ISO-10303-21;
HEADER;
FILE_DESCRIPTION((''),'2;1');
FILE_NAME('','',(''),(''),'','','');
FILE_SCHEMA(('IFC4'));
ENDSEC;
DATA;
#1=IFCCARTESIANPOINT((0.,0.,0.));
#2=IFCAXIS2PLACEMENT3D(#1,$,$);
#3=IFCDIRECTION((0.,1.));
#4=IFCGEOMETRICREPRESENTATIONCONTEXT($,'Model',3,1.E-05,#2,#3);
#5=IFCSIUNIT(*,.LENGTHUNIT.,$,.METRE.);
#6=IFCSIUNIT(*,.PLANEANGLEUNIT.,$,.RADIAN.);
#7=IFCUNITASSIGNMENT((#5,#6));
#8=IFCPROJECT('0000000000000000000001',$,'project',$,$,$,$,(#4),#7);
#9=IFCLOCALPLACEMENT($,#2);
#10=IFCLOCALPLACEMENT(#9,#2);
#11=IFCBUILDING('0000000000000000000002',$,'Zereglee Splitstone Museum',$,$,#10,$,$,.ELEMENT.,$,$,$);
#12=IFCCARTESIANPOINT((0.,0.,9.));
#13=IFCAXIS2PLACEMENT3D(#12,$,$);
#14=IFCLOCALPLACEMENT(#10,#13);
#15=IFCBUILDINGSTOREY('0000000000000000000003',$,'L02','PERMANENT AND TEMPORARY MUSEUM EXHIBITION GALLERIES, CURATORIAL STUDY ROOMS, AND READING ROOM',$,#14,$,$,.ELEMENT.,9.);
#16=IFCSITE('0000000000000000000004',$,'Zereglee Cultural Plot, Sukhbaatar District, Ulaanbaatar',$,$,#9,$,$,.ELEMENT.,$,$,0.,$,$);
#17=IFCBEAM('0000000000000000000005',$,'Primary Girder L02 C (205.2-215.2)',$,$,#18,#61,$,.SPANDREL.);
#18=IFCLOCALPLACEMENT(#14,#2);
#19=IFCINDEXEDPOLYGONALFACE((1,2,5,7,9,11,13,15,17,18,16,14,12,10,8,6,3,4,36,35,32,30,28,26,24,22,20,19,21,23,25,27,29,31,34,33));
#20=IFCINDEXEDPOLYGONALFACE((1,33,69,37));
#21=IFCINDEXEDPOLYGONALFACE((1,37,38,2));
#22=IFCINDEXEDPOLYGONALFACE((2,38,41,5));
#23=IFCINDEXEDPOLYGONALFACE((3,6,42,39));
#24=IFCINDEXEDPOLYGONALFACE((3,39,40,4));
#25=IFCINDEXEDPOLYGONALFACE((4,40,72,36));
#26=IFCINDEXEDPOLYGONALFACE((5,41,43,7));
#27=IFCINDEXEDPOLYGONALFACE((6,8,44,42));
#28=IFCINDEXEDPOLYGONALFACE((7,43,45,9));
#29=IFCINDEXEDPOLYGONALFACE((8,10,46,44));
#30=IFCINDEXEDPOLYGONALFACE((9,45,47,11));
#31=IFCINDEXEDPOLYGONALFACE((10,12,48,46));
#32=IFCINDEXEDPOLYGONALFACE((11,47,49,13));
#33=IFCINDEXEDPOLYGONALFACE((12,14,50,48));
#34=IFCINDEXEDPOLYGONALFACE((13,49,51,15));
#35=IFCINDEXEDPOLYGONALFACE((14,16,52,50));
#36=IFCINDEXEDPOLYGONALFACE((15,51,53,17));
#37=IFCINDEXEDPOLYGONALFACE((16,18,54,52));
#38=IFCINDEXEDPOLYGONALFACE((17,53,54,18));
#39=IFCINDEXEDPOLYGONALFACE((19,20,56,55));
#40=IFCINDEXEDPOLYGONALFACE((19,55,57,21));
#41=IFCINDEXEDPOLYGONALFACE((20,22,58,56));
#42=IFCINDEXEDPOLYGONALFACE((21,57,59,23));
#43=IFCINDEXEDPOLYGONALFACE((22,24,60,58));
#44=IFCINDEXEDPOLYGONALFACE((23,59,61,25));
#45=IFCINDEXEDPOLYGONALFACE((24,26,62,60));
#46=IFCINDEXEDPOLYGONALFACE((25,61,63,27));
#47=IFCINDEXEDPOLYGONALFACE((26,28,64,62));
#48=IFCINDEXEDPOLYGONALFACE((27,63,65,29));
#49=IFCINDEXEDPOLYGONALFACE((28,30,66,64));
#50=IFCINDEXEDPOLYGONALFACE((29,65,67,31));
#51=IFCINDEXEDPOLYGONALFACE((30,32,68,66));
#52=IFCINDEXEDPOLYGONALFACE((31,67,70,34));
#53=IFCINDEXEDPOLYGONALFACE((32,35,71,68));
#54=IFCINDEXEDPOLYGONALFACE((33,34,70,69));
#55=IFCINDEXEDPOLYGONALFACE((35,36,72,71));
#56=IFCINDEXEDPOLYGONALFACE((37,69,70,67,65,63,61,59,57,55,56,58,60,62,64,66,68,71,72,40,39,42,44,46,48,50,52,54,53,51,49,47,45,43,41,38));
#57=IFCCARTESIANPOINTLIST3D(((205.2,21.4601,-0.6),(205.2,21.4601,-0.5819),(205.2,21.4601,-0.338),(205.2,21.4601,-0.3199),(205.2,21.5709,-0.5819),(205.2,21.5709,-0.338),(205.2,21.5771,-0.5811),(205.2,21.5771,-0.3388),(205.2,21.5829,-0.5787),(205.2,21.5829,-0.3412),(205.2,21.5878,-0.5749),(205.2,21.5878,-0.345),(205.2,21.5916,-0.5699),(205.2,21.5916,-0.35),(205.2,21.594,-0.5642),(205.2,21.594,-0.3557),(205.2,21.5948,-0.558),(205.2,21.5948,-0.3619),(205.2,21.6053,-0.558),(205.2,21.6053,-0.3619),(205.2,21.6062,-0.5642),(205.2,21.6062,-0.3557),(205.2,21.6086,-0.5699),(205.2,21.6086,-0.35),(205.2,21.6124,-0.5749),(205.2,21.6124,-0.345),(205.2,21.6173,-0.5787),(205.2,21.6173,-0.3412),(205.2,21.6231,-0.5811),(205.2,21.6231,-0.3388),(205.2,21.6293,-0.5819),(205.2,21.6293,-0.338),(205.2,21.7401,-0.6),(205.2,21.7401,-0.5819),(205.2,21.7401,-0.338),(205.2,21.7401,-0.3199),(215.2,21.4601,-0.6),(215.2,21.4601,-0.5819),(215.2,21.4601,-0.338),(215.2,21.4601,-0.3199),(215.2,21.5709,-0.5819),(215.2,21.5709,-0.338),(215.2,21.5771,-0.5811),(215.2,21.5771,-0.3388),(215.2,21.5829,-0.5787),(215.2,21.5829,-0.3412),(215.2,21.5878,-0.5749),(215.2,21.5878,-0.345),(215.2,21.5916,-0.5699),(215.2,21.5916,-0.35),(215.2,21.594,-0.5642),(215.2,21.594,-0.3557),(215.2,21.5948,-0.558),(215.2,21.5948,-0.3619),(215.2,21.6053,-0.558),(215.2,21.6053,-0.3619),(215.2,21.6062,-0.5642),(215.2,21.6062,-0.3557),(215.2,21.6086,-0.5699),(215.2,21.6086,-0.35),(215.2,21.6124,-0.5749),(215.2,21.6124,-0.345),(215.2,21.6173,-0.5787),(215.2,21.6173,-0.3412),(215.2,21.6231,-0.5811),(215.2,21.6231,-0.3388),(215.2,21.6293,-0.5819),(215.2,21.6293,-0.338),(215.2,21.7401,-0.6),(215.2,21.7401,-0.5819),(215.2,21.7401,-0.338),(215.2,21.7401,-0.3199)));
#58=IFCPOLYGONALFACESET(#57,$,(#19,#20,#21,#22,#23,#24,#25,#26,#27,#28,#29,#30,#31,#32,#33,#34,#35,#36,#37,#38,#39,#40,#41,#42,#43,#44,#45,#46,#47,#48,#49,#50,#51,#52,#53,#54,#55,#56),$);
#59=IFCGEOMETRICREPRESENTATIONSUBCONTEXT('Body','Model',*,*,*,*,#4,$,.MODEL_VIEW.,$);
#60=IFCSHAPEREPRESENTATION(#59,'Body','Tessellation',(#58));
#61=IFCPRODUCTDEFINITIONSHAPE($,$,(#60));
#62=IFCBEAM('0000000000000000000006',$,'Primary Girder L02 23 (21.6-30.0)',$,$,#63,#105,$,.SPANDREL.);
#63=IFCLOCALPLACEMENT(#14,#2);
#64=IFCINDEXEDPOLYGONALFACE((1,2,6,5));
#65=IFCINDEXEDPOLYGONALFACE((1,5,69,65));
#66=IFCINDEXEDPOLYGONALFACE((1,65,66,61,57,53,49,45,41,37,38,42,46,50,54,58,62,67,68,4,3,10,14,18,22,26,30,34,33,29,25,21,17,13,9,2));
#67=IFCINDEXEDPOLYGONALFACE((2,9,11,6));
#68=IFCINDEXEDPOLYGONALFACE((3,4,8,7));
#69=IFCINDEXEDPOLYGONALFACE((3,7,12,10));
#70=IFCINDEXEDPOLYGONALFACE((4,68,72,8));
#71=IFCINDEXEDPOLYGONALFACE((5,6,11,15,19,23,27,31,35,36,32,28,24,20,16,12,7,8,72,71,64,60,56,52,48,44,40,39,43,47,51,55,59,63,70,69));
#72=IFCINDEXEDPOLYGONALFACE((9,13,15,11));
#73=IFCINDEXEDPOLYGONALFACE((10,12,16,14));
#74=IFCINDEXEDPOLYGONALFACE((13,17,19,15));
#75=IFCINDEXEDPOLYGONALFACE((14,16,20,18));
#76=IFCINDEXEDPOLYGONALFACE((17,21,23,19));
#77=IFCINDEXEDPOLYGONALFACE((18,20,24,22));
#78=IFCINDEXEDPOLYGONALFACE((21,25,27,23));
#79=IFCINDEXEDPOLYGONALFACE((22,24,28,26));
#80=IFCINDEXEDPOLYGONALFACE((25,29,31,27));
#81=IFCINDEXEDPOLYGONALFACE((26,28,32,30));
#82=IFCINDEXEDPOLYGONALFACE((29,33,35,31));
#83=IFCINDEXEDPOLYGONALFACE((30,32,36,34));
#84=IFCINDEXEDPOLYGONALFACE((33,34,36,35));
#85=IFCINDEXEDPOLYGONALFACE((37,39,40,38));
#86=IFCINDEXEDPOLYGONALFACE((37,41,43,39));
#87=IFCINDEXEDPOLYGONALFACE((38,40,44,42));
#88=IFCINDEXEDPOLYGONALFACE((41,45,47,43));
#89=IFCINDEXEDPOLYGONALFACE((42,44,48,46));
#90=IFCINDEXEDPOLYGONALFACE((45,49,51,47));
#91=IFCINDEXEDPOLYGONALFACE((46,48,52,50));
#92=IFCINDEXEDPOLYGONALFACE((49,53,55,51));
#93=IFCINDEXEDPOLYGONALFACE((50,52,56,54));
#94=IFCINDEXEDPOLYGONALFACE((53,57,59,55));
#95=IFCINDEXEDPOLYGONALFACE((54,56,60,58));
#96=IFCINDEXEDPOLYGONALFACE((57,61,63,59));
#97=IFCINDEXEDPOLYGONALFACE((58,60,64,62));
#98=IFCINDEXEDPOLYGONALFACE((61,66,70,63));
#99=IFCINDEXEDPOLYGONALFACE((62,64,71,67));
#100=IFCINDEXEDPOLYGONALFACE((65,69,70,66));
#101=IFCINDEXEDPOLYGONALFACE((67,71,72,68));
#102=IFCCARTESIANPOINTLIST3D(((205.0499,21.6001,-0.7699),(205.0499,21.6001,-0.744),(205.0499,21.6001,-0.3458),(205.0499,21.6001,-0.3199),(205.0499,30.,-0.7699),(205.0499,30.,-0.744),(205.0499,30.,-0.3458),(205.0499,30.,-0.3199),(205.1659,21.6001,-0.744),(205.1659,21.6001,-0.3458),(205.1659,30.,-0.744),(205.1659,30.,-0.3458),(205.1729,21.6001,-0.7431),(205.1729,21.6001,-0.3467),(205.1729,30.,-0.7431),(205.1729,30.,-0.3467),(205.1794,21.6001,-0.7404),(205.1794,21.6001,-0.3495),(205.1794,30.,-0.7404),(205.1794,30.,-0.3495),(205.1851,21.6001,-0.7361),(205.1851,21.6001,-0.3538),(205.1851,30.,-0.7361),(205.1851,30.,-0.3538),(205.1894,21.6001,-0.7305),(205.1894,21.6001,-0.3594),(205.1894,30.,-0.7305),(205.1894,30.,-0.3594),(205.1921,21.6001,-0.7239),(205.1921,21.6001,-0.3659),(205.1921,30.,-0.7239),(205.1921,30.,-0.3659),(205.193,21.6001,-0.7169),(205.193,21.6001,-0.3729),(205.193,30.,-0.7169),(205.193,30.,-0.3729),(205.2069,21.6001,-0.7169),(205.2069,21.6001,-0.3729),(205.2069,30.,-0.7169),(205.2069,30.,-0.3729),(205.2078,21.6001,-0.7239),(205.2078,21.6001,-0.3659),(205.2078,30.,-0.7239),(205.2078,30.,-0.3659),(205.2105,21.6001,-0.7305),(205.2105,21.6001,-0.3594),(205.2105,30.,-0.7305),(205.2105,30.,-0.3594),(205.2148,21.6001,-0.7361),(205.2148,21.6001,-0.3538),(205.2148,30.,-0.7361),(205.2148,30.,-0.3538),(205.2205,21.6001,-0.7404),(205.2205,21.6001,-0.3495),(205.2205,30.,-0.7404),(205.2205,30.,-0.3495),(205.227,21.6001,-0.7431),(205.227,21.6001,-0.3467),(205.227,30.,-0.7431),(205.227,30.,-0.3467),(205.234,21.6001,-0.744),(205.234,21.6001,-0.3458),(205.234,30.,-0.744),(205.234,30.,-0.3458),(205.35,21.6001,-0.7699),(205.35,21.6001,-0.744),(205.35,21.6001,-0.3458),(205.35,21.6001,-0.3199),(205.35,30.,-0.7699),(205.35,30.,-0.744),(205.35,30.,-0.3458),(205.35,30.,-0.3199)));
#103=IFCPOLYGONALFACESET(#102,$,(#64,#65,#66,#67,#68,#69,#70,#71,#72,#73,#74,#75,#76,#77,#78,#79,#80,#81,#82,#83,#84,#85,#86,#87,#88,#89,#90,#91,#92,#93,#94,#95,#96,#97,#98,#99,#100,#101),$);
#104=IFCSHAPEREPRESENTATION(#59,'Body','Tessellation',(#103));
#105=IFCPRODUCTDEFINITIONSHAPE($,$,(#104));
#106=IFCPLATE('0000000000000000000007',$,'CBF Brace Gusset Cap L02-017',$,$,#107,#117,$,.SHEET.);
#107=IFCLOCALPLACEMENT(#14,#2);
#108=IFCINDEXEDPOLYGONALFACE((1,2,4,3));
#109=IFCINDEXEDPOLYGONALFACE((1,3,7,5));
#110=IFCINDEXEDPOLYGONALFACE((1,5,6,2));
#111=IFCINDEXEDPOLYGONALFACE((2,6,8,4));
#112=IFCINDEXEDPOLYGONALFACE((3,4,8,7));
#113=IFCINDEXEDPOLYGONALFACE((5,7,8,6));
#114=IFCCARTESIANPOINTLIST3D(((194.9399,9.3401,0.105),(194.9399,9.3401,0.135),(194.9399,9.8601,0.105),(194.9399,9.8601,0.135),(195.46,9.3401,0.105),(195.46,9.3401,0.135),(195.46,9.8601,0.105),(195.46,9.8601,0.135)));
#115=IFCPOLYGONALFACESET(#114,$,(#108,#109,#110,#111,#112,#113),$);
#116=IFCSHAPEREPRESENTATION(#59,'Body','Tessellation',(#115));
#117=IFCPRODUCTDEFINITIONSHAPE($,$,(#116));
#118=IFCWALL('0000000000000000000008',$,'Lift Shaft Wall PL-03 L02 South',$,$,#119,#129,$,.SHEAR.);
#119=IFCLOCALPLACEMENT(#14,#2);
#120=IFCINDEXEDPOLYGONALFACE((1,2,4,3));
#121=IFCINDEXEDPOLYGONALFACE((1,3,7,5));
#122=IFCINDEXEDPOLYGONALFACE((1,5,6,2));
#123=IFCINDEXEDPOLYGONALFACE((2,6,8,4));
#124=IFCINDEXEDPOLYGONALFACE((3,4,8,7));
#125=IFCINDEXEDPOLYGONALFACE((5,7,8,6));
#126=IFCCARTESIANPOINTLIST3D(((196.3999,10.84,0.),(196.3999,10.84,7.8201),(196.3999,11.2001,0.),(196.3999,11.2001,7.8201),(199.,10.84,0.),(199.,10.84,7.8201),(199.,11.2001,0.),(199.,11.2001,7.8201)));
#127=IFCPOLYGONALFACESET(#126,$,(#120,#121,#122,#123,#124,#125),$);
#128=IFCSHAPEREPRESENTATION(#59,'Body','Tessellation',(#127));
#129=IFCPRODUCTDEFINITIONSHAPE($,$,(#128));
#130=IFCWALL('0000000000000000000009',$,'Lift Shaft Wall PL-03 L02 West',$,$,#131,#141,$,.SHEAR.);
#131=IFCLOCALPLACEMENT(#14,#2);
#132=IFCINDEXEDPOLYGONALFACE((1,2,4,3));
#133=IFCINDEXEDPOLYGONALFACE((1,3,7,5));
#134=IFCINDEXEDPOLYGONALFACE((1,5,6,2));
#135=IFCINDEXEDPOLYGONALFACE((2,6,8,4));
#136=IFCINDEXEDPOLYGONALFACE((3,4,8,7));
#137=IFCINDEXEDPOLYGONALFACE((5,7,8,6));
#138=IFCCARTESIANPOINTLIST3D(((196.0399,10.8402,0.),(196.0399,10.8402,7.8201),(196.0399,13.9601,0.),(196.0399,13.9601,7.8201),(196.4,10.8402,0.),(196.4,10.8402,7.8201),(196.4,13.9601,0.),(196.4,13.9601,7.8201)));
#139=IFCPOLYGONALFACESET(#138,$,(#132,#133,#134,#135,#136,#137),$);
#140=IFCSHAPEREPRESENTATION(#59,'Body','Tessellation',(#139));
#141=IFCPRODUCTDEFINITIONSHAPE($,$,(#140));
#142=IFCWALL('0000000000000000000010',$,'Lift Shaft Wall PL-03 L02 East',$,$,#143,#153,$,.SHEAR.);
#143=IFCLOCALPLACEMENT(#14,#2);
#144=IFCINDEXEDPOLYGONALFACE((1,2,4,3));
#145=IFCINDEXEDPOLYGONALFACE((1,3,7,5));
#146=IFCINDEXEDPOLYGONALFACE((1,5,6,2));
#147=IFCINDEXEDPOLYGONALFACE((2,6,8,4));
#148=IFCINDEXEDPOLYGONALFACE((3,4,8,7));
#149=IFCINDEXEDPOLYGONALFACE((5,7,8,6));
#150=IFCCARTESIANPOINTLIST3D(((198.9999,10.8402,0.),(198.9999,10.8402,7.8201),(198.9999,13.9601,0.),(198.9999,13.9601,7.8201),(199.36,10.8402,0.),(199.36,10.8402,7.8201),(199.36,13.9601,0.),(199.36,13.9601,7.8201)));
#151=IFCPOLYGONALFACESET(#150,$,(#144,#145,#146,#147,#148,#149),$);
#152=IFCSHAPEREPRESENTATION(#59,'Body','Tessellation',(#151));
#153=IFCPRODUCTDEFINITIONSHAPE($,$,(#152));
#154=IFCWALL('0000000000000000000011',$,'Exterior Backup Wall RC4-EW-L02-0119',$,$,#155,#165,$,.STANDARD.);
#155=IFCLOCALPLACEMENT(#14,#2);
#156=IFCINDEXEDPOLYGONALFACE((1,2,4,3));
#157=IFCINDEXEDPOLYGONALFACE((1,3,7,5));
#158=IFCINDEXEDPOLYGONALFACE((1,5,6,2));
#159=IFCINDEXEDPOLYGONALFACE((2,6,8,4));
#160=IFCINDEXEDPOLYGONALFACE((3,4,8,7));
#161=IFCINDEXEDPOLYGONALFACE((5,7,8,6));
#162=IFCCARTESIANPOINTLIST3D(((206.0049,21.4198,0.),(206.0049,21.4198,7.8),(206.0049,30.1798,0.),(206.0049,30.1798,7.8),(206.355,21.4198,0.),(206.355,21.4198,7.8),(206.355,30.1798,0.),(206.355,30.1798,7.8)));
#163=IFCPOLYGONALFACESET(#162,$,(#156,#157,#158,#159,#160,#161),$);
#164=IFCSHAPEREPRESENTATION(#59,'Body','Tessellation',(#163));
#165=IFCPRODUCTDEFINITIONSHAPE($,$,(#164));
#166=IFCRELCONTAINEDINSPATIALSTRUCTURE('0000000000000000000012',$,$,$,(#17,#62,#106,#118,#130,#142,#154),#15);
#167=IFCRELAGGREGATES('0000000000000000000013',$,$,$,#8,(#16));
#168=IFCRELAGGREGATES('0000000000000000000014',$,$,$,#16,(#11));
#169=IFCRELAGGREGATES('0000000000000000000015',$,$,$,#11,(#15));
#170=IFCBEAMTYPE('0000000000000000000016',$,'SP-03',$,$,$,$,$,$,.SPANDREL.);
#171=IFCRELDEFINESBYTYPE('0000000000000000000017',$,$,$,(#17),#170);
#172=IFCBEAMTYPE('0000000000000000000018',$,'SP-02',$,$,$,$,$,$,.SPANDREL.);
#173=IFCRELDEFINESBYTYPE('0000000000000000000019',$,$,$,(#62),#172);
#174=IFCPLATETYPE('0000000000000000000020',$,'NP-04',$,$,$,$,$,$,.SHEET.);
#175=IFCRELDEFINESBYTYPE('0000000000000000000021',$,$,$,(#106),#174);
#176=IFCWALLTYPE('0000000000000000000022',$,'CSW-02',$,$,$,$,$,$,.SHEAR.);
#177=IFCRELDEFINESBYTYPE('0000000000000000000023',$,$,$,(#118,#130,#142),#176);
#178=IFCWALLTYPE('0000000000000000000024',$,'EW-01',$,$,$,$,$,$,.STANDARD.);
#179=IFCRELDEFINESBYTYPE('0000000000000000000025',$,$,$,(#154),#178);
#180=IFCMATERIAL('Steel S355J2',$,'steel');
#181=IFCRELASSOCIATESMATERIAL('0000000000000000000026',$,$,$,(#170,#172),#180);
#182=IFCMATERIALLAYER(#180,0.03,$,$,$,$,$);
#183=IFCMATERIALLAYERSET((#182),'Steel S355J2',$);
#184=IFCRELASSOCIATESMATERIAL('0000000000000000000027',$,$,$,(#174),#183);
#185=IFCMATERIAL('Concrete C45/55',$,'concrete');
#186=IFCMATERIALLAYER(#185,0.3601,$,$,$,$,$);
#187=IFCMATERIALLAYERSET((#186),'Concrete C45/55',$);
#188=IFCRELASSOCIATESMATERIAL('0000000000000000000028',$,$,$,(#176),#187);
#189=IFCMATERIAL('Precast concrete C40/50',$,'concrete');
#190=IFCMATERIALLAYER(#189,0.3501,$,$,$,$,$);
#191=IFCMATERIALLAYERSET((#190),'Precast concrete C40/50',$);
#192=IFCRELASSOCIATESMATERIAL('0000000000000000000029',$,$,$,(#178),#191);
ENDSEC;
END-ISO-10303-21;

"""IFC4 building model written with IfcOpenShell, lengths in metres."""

from ifc_helpers import new_model, si_unit, direction, frame, frame_2d, origin, origin_2d, place, context, subcontext, project, spatial, rectangle, i_section, extrude, material, layer, layer_set, material_profile, profile_set, type_object, element, save


model = new_model("IFC4")

# Units and contexts
model_context = context("Model", 3, precision=1e-05, world=origin(), true_north=direction((0.0, 1.0)))
body_context = subcontext(model_context, "Body", "Model", "MODEL_VIEW")
ifc_project = project(units=[si_unit("LENGTHUNIT", "METRE"), si_unit("PLANEANGLEUNIT", "RADIAN")], contexts=[model_context])

# Site, building, storey
site_placement = place(None, origin())
site = spatial("IfcSite", under=ifc_project, at=site_placement, Name="Zereglee Cultural Plot, Sukhbaatar District, Ulaanbaatar", CompositionType="ELEMENT", RefElevation=0.0)
building_placement = place(site_placement, origin())
building = spatial("IfcBuilding", under=site, at=building_placement, Name="Zereglee Splitstone Museum", CompositionType="ELEMENT")
storey_placement = place(building_placement, frame((0.0, 0.0, 9.0)))
storey = spatial("IfcBuildingStorey", under=building, at=storey_placement, Name="L02", Description="PERMANENT AND TEMPORARY MUSEUM EXHIBITION GALLERIES, CURATORIAL STUDY ROOMS, AND READING ROOM", CompositionType="ELEMENT", Elevation=9.0)

# Shared definitions
ifc_material_1 = material(Name="Steel S355J2", Category="steel")

# Beams
ifc_material_profile_1 = material_profile(ifc_material_1, i_section(OverallWidth=0.28, OverallDepth=0.28, WebThickness=0.0105, FlangeThickness=0.0181, FilletRadius=0.0239, at=origin_2d()), Name="HE 280 B")
ifc_profile_set_1 = profile_set([ifc_material_profile_1], Name="Steel S355J2")
beam_type_1 = type_object("IfcBeamType", Name="SP-03", PredefinedType="SPANDREL", material=ifc_profile_set_1)
beam_1_placement = place(storey_placement, frame((205.2, 21.6001, -0.46), z_axis=(1.0, 0.0, 0.0), x_axis=(0.0, 1.0, 0.0)))
element("IfcBeam", 1, at=beam_1_placement, inside=storey, type_object=beam_type_1, Name="Primary Girder L02 C (205.2-215.2)", PredefinedType="SPANDREL", context=body_context, shape_type="SweptSolid", body=[
    extrude(i_section(OverallWidth=0.28, OverallDepth=0.28, WebThickness=0.0105, FlangeThickness=0.0181, FilletRadius=0.0239, at=origin_2d()), origin(), (0.0, 0.0, 1.0), 10.0),
])
ifc_material_profile_2 = material_profile(ifc_material_1, i_section(OverallWidth=0.3, OverallDepth=0.45, WebThickness=0.0139, FlangeThickness=0.0259, FilletRadius=0.0271, at=origin_2d()), Name="HE 450 B")
ifc_profile_set_2 = profile_set([ifc_material_profile_2], Name="Steel S355J2")
beam_type_2 = type_object("IfcBeamType", Name="SP-02", PredefinedType="SPANDREL", material=ifc_profile_set_2)
beam_2_placement = place(storey_placement, frame((205.2, 21.6001, -0.5449), z_axis=(0.0, 1.0, 0.0), x_axis=(-1.0, 0.0, 0.0)))
element("IfcBeam", 2, at=beam_2_placement, inside=storey, type_object=beam_type_2, Name="Primary Girder L02 23 (21.6-30.0)", PredefinedType="SPANDREL", context=body_context, shape_type="SweptSolid", body=[
    extrude(i_section(OverallWidth=0.3, OverallDepth=0.45, WebThickness=0.0139, FlangeThickness=0.0259, FilletRadius=0.0271, at=origin_2d()), origin(), (0.0, 0.0, 1.0), 8.3999),
])

# Plate
ifc_layer_1 = layer(ifc_material_1, 0.03)
ifc_layer_set_1 = layer_set([ifc_layer_1], Name="Steel S355J2")
plate_type = type_object("IfcPlateType", Name="NP-04", PredefinedType="SHEET", material=ifc_layer_set_1)
plate_placement = place(storey_placement, frame((195.2, 9.6001, 0.105), z_axis=(0.0, 0.0, 1.0), x_axis=(1.0, 0.0, 0.0)))
element("IfcPlate", 3, at=plate_placement, inside=storey, type_object=plate_type, Name="CBF Brace Gusset Cap L02-017", PredefinedType="SHEET", context=body_context, shape_type="SweptSolid", body=[
    extrude(rectangle(XDim=0.52, YDim=0.52, at=origin_2d()), origin(), (0.0, 0.0, 1.0), 0.03),
])

# Shared definitions
ifc_material_2 = material(Name="Concrete C45/55", Category="concrete")
ifc_layer_2 = layer(ifc_material_2, 0.3601)
ifc_layer_set_2 = layer_set([ifc_layer_2], Name="Concrete C45/55")
wall_type_1 = type_object("IfcWallType", Name="CSW-02", PredefinedType="SHEAR", material=ifc_layer_set_2)

# Walls
wall_1_placement = place(storey_placement, frame((196.3999, 11.02, 0.0), z_axis=(0.0, 0.0, 1.0), x_axis=(1.0, 0.0, 0.0)))
element("IfcWall", 4, at=wall_1_placement, inside=storey, type_object=wall_type_1, Name="Lift Shaft Wall PL-03 L02 South", PredefinedType="SHEAR", context=body_context, shape_type="SweptSolid", body=[
    extrude(rectangle(XDim=2.6001, YDim=0.3601, at=frame_2d((1.3, 0.0))), origin(), (0.0, 0.0, 1.0), 7.8201),
])
for number, where, z_axis, x_axis, name in (
    (5, (196.22, 10.8401, 0.0), (0.0, 0.0, 1.0), (0.0, 1.0, 0.0), "Lift Shaft Wall PL-03 L02 West"),
    (6, (199.1799, 10.8401, 0.0), (0.0, 0.0, 1.0), (0.0, 1.0, 0.0), "Lift Shaft Wall PL-03 L02 East"),
):
    element("IfcWall", number, at=place(storey_placement, frame(where, z_axis=z_axis, x_axis=x_axis)), inside=storey, type_object=wall_type_1, Name=name, PredefinedType="SHEAR", context=body_context, shape_type="SweptSolid", body=[
        extrude(rectangle(XDim=3.1199, YDim=0.3601, at=frame_2d((1.5601, 0.0))), origin(), (0.0, 0.0, 1.0), 7.8201),
    ])
ifc_material_3 = material(Name="Precast concrete C40/50", Category="concrete")
ifc_layer_3 = layer(ifc_material_3, 0.3501)
ifc_layer_set_3 = layer_set([ifc_layer_3], Name="Precast concrete C40/50")
wall_type_2 = type_object("IfcWallType", Name="EW-01", PredefinedType="STANDARD", material=ifc_layer_set_3)
wall_2_placement = place(storey_placement, frame((206.1799, 21.4199, 0.0), z_axis=(0.0, 0.0, 1.0), x_axis=(0.0, 1.0, 0.0)))
element("IfcWall", 7, at=wall_2_placement, inside=storey, type_object=wall_type_2, Name="Exterior Backup Wall RC4-EW-L02-0119", PredefinedType="STANDARD", context=body_context, shape_type="SweptSolid", body=[
    extrude(rectangle(XDim=8.76, YDim=0.3501, at=frame_2d((4.3799, 0.0))), origin(), (0.0, 0.0, 1.0), 7.8),
])

save(model, "model.ifc")
